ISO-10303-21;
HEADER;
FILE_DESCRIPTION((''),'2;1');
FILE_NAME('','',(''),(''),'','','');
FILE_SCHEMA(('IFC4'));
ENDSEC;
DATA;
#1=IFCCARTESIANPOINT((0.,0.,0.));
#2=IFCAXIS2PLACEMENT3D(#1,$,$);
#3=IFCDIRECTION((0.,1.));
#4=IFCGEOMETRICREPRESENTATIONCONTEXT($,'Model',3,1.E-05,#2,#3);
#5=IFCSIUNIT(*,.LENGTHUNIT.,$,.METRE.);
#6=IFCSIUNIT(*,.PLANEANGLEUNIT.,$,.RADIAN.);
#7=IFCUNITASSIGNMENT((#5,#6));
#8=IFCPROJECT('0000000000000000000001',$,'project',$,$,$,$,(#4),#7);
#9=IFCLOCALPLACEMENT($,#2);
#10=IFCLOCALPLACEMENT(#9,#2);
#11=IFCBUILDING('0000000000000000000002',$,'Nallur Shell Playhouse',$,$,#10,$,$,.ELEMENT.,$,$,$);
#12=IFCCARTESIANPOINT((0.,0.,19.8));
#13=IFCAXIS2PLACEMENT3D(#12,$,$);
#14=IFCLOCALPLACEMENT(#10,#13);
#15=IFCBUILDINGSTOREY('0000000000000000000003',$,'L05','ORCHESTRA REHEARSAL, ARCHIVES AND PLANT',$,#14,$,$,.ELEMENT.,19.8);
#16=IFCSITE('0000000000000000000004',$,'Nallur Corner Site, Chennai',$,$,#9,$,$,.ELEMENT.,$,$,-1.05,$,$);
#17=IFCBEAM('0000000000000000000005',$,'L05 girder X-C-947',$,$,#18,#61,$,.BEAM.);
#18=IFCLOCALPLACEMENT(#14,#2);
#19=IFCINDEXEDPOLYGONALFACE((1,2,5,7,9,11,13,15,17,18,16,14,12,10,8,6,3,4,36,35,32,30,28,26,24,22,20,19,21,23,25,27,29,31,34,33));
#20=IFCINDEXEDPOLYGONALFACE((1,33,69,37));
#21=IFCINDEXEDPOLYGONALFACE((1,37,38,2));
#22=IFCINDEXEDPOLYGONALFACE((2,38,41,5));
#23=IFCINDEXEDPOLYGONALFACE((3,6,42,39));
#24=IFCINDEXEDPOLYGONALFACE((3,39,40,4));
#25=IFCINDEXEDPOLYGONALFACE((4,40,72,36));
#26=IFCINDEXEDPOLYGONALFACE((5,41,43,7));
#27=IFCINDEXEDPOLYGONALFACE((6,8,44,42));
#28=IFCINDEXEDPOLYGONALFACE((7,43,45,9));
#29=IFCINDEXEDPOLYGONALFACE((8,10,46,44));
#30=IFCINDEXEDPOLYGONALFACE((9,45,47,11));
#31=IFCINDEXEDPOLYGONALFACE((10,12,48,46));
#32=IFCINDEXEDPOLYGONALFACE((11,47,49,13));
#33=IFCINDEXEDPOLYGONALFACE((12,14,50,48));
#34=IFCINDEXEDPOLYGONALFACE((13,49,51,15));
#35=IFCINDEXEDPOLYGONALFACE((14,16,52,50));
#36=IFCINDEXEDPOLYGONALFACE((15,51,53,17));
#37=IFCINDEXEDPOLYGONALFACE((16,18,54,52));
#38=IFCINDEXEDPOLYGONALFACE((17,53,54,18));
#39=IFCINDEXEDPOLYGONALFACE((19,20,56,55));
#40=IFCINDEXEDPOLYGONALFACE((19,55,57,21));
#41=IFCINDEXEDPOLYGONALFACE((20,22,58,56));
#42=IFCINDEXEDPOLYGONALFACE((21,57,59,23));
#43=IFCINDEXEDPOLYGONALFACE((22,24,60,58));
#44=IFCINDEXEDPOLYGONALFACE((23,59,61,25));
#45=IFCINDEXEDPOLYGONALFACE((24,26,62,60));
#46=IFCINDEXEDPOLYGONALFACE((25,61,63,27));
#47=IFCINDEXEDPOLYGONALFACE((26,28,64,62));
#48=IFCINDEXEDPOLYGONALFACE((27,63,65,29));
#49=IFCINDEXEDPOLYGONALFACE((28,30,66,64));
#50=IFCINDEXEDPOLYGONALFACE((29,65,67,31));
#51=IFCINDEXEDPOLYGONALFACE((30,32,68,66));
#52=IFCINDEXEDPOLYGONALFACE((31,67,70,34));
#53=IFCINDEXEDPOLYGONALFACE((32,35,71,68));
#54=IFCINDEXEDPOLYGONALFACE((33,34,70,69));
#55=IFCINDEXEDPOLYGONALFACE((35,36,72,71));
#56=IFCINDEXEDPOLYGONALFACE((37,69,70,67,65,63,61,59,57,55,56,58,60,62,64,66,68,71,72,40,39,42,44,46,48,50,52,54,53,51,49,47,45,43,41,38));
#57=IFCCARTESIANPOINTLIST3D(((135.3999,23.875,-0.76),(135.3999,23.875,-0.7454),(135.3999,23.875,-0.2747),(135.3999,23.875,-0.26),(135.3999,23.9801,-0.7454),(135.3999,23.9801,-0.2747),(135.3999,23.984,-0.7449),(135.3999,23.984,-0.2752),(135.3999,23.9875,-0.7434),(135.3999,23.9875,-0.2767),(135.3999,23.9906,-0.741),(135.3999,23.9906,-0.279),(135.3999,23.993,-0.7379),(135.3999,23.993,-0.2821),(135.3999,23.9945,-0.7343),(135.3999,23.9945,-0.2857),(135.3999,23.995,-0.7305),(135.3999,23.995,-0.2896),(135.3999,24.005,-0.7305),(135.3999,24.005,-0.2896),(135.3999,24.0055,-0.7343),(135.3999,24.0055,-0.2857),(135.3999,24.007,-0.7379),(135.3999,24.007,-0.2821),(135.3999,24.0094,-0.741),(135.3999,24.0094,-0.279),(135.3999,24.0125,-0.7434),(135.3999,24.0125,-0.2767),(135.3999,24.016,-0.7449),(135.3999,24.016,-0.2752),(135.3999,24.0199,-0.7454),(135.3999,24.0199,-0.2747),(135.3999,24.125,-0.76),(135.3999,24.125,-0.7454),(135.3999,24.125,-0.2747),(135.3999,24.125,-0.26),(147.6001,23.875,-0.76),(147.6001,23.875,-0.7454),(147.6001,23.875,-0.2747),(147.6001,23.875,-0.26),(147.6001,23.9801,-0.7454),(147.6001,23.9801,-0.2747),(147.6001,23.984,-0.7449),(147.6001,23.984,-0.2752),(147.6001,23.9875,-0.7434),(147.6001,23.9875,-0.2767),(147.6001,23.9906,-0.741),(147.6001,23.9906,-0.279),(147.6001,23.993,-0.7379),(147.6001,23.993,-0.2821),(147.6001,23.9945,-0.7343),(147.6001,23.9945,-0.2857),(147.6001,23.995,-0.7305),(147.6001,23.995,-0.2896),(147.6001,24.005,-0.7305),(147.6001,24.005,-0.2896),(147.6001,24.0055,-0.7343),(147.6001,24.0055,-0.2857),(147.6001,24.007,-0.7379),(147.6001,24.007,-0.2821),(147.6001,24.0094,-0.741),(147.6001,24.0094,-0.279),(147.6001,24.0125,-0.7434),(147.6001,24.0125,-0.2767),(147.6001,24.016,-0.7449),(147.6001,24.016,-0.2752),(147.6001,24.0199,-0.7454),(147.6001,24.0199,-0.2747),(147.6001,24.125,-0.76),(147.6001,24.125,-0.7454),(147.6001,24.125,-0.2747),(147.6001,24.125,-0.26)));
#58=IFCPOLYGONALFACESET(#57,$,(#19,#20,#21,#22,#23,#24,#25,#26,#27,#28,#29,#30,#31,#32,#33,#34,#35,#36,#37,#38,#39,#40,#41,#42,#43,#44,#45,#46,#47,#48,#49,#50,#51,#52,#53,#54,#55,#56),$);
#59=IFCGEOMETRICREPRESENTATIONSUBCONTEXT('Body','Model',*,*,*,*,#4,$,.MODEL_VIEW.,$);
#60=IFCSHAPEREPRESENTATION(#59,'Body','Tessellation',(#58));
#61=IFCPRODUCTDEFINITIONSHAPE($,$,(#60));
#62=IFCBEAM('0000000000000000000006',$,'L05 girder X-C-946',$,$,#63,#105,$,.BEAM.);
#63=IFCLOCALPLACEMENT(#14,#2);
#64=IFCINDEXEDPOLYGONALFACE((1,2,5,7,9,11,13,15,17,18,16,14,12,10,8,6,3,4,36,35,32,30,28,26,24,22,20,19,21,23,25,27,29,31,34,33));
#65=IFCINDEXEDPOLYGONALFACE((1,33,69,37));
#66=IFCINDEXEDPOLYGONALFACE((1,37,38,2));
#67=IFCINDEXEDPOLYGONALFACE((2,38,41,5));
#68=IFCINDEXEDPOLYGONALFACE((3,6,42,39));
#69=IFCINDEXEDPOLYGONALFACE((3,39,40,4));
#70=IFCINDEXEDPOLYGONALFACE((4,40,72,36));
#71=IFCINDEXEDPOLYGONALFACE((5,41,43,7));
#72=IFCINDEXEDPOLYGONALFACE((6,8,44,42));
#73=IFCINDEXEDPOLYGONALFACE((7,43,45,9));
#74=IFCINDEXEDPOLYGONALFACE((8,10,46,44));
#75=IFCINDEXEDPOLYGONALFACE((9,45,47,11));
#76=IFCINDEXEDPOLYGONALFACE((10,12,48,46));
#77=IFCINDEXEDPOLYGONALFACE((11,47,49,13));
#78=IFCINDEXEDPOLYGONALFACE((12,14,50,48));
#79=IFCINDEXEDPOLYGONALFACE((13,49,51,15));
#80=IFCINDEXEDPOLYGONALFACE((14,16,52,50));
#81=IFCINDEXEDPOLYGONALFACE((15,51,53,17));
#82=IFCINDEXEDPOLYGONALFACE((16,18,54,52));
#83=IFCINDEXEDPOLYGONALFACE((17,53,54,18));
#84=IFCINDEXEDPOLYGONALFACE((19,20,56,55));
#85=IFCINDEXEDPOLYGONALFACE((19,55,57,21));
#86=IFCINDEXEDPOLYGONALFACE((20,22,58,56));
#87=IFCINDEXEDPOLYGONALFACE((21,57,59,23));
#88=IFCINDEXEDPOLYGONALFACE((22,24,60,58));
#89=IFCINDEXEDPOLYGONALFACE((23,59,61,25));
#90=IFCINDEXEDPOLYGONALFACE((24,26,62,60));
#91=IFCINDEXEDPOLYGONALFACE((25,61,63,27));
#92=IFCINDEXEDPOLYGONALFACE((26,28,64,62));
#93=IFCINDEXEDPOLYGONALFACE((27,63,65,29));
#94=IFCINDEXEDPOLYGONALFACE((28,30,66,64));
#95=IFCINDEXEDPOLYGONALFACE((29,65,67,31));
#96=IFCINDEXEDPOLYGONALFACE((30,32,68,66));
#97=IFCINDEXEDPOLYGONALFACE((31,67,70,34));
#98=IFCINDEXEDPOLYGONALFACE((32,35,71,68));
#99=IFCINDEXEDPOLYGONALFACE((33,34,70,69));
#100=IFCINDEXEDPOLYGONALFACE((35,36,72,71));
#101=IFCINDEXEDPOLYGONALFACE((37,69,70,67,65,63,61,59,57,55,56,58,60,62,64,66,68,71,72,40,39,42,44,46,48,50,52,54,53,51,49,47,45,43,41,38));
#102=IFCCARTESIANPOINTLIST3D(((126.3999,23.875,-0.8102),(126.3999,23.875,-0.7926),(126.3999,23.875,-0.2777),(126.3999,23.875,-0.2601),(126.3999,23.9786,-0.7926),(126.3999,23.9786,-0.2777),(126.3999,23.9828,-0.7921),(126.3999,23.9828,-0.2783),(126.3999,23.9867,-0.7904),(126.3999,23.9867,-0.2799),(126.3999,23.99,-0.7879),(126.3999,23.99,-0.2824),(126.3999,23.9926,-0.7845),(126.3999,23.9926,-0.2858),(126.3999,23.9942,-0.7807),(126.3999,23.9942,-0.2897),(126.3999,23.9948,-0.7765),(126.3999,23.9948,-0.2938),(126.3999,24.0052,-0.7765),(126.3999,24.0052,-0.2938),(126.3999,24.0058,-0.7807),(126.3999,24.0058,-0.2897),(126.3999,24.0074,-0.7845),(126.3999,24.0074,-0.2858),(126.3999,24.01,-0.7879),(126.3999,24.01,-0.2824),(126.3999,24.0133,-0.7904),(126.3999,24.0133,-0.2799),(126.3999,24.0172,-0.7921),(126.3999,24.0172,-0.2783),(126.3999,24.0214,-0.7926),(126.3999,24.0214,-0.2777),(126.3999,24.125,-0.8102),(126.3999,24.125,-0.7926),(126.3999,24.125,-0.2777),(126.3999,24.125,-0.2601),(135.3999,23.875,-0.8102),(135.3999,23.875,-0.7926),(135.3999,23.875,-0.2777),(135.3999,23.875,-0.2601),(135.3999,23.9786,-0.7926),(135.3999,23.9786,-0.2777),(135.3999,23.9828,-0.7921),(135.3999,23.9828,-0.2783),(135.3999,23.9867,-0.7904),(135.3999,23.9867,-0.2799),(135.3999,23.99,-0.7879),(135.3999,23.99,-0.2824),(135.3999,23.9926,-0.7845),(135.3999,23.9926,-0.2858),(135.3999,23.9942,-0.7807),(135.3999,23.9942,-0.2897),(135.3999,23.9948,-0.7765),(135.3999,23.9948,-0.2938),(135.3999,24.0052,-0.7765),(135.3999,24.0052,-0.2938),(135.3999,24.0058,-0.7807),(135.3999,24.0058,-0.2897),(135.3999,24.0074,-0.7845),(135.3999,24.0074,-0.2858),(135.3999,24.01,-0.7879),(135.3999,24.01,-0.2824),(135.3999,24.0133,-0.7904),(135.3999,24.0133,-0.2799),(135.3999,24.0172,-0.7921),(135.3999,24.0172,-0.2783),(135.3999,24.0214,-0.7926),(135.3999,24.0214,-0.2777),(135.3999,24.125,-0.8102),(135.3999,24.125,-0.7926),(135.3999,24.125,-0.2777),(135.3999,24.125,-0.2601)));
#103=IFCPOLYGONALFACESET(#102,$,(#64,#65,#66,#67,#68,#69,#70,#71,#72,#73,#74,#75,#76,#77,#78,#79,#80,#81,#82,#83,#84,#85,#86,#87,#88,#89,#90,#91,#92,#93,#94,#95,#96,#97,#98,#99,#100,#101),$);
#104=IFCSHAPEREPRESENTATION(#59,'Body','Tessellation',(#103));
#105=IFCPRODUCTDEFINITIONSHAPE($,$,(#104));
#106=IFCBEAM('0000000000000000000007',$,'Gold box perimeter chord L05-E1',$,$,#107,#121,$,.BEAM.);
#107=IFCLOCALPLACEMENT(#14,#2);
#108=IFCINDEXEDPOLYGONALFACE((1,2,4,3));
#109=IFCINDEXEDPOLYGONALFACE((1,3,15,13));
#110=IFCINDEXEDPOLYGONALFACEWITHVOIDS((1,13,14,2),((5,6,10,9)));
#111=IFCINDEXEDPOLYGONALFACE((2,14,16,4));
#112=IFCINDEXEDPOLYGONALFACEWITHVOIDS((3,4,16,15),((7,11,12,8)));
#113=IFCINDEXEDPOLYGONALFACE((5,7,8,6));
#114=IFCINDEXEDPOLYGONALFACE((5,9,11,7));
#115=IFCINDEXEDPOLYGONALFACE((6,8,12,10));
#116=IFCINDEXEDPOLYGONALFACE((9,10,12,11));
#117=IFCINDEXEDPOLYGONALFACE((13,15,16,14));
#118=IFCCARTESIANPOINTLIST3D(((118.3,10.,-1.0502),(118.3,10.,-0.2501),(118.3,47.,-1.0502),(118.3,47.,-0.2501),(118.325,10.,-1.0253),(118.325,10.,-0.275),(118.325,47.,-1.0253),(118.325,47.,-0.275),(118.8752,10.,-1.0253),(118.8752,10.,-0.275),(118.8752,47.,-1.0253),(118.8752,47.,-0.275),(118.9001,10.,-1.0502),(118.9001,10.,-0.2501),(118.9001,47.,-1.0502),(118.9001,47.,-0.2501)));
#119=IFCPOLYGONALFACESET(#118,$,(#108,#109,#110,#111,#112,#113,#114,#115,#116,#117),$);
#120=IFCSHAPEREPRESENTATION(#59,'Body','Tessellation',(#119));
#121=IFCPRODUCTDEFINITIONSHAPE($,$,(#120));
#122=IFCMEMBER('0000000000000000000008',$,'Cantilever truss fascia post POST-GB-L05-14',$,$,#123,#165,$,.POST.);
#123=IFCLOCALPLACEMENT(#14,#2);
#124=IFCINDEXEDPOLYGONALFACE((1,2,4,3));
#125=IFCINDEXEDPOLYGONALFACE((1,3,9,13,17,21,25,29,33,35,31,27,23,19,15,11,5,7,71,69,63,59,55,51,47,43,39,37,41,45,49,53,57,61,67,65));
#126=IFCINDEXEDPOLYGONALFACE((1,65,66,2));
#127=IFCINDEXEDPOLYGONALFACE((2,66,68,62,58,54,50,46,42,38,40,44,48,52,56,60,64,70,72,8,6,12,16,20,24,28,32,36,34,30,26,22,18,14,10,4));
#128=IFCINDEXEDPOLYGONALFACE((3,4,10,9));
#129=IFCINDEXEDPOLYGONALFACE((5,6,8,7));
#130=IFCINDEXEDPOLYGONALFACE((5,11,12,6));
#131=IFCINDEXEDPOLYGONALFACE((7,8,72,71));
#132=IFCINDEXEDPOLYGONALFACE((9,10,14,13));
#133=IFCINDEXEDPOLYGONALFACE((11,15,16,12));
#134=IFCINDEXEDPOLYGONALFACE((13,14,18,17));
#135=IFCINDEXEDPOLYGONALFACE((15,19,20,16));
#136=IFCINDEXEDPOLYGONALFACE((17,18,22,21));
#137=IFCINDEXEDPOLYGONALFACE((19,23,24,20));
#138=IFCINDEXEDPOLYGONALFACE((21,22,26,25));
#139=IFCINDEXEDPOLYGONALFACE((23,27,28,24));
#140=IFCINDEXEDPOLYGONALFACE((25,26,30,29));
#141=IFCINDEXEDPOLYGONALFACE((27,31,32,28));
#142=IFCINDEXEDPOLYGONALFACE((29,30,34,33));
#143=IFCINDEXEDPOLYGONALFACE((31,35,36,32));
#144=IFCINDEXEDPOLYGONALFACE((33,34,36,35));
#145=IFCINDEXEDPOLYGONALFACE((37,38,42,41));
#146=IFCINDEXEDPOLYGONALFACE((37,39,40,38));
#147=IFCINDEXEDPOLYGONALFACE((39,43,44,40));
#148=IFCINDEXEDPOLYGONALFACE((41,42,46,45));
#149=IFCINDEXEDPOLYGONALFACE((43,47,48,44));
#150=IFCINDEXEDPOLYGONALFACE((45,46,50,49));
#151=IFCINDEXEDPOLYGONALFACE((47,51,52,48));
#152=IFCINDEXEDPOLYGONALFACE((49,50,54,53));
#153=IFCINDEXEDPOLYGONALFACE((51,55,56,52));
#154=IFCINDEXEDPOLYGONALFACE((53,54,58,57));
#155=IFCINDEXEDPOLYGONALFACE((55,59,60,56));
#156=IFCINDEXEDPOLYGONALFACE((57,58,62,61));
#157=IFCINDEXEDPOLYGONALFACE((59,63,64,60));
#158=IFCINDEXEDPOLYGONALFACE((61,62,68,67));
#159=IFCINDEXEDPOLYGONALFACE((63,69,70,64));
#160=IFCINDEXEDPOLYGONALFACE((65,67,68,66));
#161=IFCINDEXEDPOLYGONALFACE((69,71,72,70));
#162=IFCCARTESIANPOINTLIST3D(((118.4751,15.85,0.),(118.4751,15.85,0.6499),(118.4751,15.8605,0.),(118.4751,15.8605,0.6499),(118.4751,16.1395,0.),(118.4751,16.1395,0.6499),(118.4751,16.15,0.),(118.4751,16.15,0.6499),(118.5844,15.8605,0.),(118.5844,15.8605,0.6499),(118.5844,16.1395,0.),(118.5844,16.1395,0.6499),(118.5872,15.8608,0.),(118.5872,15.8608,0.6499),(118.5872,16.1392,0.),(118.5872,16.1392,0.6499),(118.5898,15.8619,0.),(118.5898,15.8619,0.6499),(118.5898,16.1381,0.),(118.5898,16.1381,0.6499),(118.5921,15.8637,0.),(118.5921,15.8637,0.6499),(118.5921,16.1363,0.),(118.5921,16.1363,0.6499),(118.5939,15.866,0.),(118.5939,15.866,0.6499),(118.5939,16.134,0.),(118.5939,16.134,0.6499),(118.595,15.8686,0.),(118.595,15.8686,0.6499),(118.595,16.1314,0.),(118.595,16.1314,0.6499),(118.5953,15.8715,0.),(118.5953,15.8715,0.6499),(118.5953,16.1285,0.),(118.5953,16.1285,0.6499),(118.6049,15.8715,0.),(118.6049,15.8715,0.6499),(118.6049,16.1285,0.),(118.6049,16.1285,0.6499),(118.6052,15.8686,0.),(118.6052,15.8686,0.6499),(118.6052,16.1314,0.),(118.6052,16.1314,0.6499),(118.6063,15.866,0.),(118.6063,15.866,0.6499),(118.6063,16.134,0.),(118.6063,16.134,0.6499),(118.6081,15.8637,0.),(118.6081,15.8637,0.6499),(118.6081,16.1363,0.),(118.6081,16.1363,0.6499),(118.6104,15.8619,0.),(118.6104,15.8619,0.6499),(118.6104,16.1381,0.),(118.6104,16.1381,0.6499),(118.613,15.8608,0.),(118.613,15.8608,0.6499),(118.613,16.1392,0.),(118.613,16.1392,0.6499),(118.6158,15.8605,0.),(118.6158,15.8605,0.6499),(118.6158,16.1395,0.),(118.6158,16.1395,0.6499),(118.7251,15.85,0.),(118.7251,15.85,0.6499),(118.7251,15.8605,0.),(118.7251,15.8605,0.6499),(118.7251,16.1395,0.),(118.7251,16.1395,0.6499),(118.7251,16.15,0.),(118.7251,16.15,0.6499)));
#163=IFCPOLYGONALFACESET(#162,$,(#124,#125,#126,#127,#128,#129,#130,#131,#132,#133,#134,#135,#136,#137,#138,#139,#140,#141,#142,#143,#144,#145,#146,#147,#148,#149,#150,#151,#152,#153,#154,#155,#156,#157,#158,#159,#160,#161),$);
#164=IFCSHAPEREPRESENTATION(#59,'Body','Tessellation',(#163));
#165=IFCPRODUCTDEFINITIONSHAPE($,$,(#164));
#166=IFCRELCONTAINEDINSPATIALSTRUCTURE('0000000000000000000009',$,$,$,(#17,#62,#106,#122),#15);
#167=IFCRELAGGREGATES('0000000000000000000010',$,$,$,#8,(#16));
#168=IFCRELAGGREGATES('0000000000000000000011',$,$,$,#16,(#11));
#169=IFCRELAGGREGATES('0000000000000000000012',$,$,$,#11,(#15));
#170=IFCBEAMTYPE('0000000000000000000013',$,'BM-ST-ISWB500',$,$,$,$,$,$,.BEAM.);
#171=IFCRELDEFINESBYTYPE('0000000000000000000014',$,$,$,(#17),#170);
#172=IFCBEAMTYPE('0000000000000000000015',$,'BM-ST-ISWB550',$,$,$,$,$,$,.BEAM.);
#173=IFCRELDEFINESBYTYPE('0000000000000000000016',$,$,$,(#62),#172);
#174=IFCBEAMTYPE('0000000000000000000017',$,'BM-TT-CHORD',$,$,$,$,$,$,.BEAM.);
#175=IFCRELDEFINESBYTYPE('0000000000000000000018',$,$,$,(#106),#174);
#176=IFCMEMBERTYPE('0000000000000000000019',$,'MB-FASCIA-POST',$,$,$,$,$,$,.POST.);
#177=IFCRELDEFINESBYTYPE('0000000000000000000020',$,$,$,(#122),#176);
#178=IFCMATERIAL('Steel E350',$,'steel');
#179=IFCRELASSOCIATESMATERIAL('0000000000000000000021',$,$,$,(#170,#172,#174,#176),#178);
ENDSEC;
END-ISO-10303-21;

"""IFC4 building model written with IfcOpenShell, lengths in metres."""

from ifc_helpers import new_model, si_unit, direction, frame, origin, origin_2d, place, context, subcontext, project, spatial, hollow_rectangle, i_section, extrude, material, material_profile, profile_set, type_object, element, save


model = new_model("IFC4")

# Units and contexts
model_context = context("Model", 3, precision=1e-05, world=origin(), true_north=direction((0.0, 1.0)))
body_context = subcontext(model_context, "Body", "Model", "MODEL_VIEW")
ifc_project = project(units=[si_unit("LENGTHUNIT", "METRE"), si_unit("PLANEANGLEUNIT", "RADIAN")], contexts=[model_context])

# Site, building, storey
site_placement = place(None, origin())
site = spatial("IfcSite", under=ifc_project, at=site_placement, Name="Nallur Corner Site, Chennai", CompositionType="ELEMENT", RefElevation=-1.05)
building_placement = place(site_placement, origin())
building = spatial("IfcBuilding", under=site, at=building_placement, Name="Nallur Shell Playhouse", CompositionType="ELEMENT")
storey_placement = place(building_placement, frame((0.0, 0.0, 19.8)))
storey = spatial("IfcBuildingStorey", under=building, at=storey_placement, Name="L05", Description="ORCHESTRA REHEARSAL, ARCHIVES AND PLANT", CompositionType="ELEMENT", Elevation=19.8)

# Beams
ifc_material_1 = material(Name="Steel E350", Category="steel")
ifc_material_profile_1 = material_profile(ifc_material_1, i_section(OverallWidth=0.25, OverallDepth=0.5, WebThickness=0.01, FlangeThickness=0.0146, FilletRadius=0.0149, at=origin_2d()), Name="ISWB 500")
ifc_profile_set_1 = profile_set([ifc_material_profile_1], Name="Steel E350")
beam_type_1 = type_object("IfcBeamType", Name="BM-ST-ISWB500", PredefinedType="BEAM", material=ifc_profile_set_1)
beam_1_placement = place(storey_placement, frame((135.3999, 24.0, -0.51), z_axis=(1.0, 0.0, 0.0), x_axis=(0.0, 1.0, 0.0)))
element("IfcBeam", 1, at=beam_1_placement, inside=storey, type_object=beam_type_1, Name="L05 girder X-C-947", PredefinedType="BEAM", context=body_context, shape_type="SweptSolid", body=[
    extrude(i_section(OverallWidth=0.25, OverallDepth=0.5, WebThickness=0.01, FlangeThickness=0.0146, FilletRadius=0.0149, at=origin_2d()), origin(), (0.0, 0.0, 1.0), 12.2002),
])
ifc_material_profile_2 = material_profile(ifc_material_1, i_section(OverallWidth=0.25, OverallDepth=0.55, WebThickness=0.0105, FlangeThickness=0.0176, FilletRadius=0.0161, at=origin_2d()), Name="ISWB 550")
ifc_profile_set_2 = profile_set([ifc_material_profile_2], Name="Steel E350")
beam_type_2 = type_object("IfcBeamType", Name="BM-ST-ISWB550", PredefinedType="BEAM", material=ifc_profile_set_2)
beam_2_placement = place(storey_placement, frame((126.3999, 24.0, -0.5352), z_axis=(1.0, 0.0, 0.0), x_axis=(0.0, 1.0, 0.0)))
element("IfcBeam", 2, at=beam_2_placement, inside=storey, type_object=beam_type_2, Name="L05 girder X-C-946", PredefinedType="BEAM", context=body_context, shape_type="SweptSolid", body=[
    extrude(i_section(OverallWidth=0.25, OverallDepth=0.55, WebThickness=0.0105, FlangeThickness=0.0176, FilletRadius=0.0161, at=origin_2d()), origin(), (0.0, 0.0, 1.0), 9.0),
])
ifc_material_profile_3 = material_profile(ifc_material_1, hollow_rectangle(XDim=0.6001, YDim=0.8, WallThickness=0.0249, at=origin_2d()), Name="BOX 600x800x25")
ifc_profile_set_3 = profile_set([ifc_material_profile_3], Name="Steel E350")
beam_type_3 = type_object("IfcBeamType", Name="BM-TT-CHORD", PredefinedType="BEAM", material=ifc_profile_set_3)
beam_3_placement = place(storey_placement, frame((118.6001, 10.0, -0.6501), z_axis=(0.0, 1.0, 0.0), x_axis=(-1.0, 0.0, 0.0)))
element("IfcBeam", 3, at=beam_3_placement, inside=storey, type_object=beam_type_3, Name="Gold box perimeter chord L05-E1", PredefinedType="BEAM", context=body_context, shape_type="SweptSolid", body=[
    extrude(hollow_rectangle(XDim=0.6001, YDim=0.8, WallThickness=0.0249, at=origin_2d()), origin(), (0.0, 0.0, 1.0), 37.0),
])

# Member
ifc_material_profile_4 = material_profile(ifc_material_1, i_section(OverallWidth=0.25, OverallDepth=0.3, WebThickness=0.0095, FlangeThickness=0.0105, FilletRadius=0.011, at=origin_2d()), Name="ISHB 300")
ifc_profile_set_4 = profile_set([ifc_material_profile_4], Name="Steel E350")
member_type_1 = type_object("IfcMemberType", Name="MB-FASCIA-POST", PredefinedType="POST", material=ifc_profile_set_4)
member_1_placement = place(storey_placement, frame((118.6001, 16.0, 0.0), z_axis=(0.0, 0.0, 1.0), x_axis=(1.0, 0.0, 0.0)))
element("IfcMember", 4, at=member_1_placement, inside=storey, type_object=member_type_1, Name="Cantilever truss fascia post POST-GB-L05-14", PredefinedType="POST", context=body_context, shape_type="SweptSolid", body=[
    extrude(i_section(OverallWidth=0.25, OverallDepth=0.3, WebThickness=0.0095, FlangeThickness=0.0105, FilletRadius=0.011, at=origin_2d()), origin(), (0.0, 0.0, 1.0), 0.6499),
])

save(model, "model.ifc")
